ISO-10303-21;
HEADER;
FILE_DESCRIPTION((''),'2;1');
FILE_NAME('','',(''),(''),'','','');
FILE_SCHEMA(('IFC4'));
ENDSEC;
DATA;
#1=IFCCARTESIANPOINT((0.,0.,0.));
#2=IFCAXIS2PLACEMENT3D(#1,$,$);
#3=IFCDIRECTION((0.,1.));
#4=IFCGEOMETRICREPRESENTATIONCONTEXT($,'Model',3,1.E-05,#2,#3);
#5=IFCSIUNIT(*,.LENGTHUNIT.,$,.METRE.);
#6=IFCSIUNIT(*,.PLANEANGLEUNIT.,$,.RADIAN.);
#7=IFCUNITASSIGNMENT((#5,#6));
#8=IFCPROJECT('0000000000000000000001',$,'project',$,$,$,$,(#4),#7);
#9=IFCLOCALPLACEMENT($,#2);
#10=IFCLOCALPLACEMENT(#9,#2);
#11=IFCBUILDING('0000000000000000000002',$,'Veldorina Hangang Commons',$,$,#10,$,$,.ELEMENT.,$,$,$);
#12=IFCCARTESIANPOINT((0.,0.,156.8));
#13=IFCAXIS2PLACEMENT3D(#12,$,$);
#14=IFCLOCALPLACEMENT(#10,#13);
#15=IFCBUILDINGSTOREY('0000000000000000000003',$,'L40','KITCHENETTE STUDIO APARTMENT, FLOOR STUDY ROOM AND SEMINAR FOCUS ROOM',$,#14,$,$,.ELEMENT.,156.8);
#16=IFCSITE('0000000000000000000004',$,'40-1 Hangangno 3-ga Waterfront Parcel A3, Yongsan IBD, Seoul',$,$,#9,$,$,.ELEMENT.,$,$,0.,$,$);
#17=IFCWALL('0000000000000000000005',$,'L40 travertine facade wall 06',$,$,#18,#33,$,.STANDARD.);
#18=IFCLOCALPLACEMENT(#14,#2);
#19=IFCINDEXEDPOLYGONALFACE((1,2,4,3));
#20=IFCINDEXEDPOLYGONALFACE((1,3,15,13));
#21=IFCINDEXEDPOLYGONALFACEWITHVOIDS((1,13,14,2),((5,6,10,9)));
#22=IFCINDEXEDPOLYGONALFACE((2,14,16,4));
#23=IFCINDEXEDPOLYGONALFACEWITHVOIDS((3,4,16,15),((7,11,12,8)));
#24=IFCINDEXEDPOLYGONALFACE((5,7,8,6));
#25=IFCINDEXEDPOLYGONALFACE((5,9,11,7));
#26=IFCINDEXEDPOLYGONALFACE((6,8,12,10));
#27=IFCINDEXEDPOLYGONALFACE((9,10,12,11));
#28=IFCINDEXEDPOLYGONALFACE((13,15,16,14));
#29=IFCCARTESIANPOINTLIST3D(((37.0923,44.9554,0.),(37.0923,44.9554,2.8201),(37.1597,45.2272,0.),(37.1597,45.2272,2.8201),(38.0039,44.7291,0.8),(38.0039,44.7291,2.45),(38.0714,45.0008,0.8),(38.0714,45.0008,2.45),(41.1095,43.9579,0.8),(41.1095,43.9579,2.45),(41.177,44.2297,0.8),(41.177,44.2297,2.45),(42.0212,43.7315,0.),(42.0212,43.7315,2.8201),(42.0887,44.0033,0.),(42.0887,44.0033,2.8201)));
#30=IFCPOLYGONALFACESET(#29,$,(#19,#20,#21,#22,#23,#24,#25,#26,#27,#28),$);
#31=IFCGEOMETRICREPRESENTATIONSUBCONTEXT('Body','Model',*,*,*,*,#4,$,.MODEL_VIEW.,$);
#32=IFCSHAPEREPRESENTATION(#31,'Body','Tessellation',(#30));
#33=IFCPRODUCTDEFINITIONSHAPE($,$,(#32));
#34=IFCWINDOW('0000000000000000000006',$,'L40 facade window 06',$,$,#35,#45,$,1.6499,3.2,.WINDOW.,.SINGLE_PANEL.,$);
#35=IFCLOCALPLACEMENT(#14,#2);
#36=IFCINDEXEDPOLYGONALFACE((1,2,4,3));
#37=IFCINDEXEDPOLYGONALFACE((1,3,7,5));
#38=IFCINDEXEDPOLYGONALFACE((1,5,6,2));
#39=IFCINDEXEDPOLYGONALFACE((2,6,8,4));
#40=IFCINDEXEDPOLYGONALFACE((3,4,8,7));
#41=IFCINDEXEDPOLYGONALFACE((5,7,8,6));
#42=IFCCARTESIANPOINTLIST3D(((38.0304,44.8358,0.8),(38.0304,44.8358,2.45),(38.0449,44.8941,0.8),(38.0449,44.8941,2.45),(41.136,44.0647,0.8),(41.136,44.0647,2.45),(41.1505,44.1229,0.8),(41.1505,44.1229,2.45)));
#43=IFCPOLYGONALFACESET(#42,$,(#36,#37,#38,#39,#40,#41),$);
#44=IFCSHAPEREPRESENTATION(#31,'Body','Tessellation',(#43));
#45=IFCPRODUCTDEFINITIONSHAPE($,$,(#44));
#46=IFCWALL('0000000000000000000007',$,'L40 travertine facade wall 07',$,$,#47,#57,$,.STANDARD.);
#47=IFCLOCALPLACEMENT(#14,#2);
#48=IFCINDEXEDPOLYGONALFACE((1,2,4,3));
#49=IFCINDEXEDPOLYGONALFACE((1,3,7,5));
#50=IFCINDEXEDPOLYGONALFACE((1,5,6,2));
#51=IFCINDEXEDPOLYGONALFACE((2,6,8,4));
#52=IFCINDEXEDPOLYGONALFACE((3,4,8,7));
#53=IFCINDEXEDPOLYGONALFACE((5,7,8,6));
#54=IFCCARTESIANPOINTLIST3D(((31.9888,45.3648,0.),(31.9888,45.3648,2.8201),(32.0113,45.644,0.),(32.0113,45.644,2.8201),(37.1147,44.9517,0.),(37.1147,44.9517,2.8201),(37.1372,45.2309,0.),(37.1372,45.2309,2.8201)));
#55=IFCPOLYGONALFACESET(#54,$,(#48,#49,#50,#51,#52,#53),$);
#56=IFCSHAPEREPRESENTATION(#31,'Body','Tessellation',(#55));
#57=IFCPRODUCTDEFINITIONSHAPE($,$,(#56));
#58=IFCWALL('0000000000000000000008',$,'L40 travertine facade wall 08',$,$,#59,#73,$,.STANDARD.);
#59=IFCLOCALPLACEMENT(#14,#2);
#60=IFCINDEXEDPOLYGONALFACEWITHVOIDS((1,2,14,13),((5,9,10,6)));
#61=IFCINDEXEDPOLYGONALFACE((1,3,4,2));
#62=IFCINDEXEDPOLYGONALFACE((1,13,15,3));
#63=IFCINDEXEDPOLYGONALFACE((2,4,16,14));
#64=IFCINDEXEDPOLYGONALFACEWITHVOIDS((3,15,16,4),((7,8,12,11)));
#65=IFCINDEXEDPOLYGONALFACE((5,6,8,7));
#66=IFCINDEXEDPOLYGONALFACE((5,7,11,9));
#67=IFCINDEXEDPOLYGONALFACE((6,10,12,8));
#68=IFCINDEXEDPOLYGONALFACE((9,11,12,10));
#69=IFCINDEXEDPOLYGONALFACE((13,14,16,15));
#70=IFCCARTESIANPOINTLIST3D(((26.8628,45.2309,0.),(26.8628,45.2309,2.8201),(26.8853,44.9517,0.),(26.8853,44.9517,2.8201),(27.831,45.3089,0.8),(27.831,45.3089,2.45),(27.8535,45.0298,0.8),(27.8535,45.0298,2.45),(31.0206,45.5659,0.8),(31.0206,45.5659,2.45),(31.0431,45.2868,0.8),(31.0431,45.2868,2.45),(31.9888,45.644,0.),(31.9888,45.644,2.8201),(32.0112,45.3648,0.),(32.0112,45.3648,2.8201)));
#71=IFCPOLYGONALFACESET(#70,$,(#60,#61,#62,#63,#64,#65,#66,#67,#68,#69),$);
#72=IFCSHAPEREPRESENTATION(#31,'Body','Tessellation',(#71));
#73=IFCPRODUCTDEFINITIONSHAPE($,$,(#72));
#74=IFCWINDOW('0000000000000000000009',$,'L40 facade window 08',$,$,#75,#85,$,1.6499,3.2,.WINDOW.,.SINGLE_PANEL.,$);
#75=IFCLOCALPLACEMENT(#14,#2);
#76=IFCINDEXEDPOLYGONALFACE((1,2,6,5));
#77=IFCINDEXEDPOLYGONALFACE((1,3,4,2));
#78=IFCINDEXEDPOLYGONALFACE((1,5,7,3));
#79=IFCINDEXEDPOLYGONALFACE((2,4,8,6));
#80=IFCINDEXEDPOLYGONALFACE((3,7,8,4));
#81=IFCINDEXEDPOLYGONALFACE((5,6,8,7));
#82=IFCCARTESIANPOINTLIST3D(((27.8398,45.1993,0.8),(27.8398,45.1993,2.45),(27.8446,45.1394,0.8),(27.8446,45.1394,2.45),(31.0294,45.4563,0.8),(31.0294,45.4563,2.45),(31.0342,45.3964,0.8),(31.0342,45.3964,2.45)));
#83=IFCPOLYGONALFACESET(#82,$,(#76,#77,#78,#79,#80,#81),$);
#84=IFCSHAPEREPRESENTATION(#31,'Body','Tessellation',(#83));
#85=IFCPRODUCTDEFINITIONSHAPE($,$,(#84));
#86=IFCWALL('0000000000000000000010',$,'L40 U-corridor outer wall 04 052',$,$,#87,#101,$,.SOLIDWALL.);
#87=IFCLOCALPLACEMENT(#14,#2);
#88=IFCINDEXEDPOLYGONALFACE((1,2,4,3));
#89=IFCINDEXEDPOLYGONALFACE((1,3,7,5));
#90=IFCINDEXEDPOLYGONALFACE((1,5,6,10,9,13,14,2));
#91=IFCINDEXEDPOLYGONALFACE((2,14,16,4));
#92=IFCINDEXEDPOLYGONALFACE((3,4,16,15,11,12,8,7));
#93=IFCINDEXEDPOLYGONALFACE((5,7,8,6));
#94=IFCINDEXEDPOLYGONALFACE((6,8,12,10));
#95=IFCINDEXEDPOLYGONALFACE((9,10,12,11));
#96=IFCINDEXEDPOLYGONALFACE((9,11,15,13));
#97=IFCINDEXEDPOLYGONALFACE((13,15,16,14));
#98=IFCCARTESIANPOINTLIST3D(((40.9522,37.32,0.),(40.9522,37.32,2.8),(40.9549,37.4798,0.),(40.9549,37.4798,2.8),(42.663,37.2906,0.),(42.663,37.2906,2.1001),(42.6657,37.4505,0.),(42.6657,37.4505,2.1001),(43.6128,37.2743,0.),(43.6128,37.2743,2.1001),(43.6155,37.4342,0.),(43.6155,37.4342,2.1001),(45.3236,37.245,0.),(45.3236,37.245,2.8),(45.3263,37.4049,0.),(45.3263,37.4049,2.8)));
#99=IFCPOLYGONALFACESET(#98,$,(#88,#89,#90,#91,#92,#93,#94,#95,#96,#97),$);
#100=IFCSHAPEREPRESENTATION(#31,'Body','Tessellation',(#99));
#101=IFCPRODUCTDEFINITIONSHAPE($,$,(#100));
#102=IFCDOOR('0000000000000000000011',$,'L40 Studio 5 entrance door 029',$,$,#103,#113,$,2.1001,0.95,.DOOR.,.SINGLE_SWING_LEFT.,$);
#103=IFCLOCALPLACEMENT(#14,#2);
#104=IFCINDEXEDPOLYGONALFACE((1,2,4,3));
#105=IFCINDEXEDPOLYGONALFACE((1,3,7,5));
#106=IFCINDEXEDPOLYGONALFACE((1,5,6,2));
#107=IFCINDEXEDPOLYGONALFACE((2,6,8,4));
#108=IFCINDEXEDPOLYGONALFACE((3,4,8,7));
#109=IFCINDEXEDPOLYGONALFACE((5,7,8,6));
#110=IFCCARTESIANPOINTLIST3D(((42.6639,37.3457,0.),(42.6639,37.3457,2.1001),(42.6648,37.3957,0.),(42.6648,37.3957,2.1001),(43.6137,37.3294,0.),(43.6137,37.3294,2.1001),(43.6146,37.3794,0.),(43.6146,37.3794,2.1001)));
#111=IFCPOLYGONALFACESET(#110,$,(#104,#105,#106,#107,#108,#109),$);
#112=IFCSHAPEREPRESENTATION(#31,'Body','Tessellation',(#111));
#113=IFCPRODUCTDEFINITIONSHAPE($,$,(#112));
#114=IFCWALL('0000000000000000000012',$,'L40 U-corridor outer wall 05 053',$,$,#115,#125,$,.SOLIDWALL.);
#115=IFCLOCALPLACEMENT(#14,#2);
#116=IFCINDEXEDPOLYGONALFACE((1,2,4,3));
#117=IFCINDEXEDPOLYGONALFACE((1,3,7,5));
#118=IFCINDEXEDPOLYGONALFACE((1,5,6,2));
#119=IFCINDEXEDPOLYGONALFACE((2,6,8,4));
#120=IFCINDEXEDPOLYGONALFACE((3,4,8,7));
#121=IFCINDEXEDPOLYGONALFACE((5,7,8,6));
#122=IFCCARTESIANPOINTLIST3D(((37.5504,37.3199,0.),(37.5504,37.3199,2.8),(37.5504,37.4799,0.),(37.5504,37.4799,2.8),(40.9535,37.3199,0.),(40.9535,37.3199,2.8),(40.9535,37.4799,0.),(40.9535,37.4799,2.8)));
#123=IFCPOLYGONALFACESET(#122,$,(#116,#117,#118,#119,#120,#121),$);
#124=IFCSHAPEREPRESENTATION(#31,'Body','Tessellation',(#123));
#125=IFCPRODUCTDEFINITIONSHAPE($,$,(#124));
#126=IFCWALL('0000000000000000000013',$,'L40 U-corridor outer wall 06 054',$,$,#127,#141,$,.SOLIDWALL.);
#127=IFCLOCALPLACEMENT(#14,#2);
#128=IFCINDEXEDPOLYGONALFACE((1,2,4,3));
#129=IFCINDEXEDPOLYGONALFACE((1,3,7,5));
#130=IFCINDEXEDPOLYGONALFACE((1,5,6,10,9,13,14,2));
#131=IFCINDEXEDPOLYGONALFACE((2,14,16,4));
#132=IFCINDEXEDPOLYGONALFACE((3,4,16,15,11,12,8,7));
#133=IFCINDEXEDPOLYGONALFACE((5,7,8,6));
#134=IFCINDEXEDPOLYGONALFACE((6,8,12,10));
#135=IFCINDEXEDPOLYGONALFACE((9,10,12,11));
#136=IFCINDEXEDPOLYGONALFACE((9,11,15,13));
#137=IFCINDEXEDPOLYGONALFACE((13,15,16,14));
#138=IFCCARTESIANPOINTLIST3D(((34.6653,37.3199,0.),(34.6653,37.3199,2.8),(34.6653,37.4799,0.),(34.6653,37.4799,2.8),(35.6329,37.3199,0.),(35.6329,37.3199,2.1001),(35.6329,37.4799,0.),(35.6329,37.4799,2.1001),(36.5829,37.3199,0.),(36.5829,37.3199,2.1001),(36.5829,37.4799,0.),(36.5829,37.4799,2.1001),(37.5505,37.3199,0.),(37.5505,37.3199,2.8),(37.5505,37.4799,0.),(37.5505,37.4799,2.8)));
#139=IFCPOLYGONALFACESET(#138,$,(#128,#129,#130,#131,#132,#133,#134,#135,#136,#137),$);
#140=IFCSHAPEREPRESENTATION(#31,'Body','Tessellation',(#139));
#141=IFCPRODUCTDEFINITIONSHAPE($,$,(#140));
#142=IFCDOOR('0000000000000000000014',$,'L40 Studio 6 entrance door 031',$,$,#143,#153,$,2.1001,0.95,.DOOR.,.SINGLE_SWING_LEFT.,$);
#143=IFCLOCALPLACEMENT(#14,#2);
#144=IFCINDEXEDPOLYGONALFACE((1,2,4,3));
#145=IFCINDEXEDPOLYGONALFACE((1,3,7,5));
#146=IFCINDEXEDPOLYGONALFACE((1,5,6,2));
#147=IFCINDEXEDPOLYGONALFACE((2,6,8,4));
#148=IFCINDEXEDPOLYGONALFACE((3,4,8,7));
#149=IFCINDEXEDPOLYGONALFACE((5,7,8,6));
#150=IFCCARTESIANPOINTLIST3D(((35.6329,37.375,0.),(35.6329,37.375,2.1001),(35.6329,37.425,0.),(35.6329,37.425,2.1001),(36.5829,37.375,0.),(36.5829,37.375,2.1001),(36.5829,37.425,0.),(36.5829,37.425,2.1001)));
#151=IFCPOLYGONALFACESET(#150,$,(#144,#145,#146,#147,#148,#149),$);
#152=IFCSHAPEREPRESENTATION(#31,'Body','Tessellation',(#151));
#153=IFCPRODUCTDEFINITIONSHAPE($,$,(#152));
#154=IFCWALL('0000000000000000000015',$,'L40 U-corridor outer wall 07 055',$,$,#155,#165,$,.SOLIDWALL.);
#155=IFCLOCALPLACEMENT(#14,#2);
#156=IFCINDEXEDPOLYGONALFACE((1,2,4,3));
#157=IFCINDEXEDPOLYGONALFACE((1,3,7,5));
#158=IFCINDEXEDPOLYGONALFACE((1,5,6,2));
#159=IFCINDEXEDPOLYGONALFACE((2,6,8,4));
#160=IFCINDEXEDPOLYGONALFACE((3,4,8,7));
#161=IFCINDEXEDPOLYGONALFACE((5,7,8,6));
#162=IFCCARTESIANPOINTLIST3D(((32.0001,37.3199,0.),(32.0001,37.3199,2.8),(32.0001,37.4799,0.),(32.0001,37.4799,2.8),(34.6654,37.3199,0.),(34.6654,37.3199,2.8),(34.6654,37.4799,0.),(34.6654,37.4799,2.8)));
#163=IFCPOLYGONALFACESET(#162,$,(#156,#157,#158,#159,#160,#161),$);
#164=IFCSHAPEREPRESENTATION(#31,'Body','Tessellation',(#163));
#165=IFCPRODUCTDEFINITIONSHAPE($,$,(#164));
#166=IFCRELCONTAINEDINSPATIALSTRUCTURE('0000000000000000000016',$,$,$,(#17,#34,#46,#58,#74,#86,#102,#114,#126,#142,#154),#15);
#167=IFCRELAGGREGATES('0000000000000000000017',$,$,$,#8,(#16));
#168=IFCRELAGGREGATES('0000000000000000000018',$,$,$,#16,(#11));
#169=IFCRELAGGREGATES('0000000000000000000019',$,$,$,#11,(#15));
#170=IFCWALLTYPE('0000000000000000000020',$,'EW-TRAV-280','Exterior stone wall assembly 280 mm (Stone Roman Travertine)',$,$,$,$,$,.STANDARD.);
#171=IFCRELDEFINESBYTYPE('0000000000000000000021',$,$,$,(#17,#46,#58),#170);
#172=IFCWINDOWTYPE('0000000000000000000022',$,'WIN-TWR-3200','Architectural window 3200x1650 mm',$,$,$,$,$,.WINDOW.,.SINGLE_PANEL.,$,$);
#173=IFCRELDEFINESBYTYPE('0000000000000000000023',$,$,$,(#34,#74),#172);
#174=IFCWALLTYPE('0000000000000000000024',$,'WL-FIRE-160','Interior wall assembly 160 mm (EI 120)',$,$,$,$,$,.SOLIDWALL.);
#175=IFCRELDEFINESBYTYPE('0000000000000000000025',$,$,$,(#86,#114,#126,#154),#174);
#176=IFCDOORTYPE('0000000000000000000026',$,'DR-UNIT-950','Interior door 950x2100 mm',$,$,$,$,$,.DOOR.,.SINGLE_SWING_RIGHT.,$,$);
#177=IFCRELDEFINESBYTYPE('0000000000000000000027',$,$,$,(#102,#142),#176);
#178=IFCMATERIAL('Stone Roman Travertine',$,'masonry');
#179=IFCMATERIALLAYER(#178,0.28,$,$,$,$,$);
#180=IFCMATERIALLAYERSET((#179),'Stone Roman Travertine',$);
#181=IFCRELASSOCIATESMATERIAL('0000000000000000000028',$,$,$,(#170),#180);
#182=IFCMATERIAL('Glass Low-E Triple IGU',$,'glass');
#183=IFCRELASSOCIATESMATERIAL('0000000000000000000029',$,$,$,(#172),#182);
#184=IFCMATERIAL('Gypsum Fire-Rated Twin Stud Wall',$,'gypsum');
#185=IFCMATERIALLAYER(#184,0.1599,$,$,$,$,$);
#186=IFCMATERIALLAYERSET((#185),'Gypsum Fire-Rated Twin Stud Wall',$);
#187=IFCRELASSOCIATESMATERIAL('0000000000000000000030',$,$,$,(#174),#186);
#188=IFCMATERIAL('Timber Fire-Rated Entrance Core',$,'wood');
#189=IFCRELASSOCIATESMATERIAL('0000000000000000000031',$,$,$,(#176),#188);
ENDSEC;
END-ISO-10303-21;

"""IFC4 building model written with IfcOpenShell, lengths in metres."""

from ifc_helpers import new_model, si_unit, direction, frame, frame_2d, origin, place, context, subcontext, project, spatial, rectangle, extrude, material, layer, layer_set, type_object, element, fill, save


model = new_model("IFC4")

# Units and contexts
model_context = context("Model", 3, precision=1e-05, world=origin(), true_north=direction((0.0, 1.0)))
body_context = subcontext(model_context, "Body", "Model", "MODEL_VIEW")
ifc_project = project(units=[si_unit("LENGTHUNIT", "METRE"), si_unit("PLANEANGLEUNIT", "RADIAN")], contexts=[model_context])

# Site, building, storey
site_placement = place(None, origin())
site = spatial("IfcSite", under=ifc_project, at=site_placement, Name="40-1 Hangangno 3-ga Waterfront Parcel A3, Yongsan IBD, Seoul", CompositionType="ELEMENT", RefElevation=0.0)
building_placement = place(site_placement, origin())
building = spatial("IfcBuilding", under=site, at=building_placement, Name="Veldorina Hangang Commons", CompositionType="ELEMENT")
storey_placement = place(building_placement, frame((0.0, 0.0, 156.8)))
storey = spatial("IfcBuildingStorey", under=building, at=storey_placement, Name="L40", Description="KITCHENETTE STUDIO APARTMENT, FLOOR STUDY ROOM AND SEMINAR FOCUS ROOM", CompositionType="ELEMENT", Elevation=156.8)

# Wall, opening, window
ifc_material_1 = material(Name="Stone Roman Travertine", Category="masonry")
ifc_layer_1 = layer(ifc_material_1, 0.28)
ifc_layer_set_1 = layer_set([ifc_layer_1], Name="Stone Roman Travertine")
wall_type_1 = type_object("IfcWallType", Name="EW-TRAV-280", Description="Exterior stone wall assembly 280 mm (Stone Roman Travertine)", PredefinedType="STANDARD", material=ifc_layer_set_1)
wall_1_placement = place(storey_placement, frame((42.0549, 43.8674, 0.0), z_axis=(0.0, 0.0, 1.0), x_axis=(-0.970529, 0.240986, 0.0)))
wall_1 = element("IfcWall", 1, at=wall_1_placement, inside=storey, type_object=wall_type_1, Name="L40 travertine facade wall 06", PredefinedType="STANDARD", context=body_context, shape_type="SweptSolid", body=[
    extrude(rectangle(XDim=5.0786, YDim=0.28, at=frame_2d((2.5393, 0.0))), origin(), (0.0, 0.0, 1.0), 2.8201),
])
opening_1_placement = place(wall_1_placement, frame((0.9392, 0.0, 0.8)))
opening_1 = element("IfcOpeningElement", 2, at=opening_1_placement, cuts=wall_1, PredefinedType="OPENING", context=body_context, shape_type="SweptSolid", body=[
    extrude(rectangle(XDim=3.2, YDim=1.6499, at=frame_2d((1.6001, 0.825))), frame((0.0, 0.1499, 0.0), z_axis=(0.0, -1.0, 0.0), x_axis=(1.0, 0.0, 0.0)), (0.0, 0.0, 1.0), 0.3),
])
ifc_material_2 = material(Name="Glass Low-E Triple IGU", Category="glass")
window_type = type_object("IfcWindowType", Name="WIN-TWR-3200", Description="Architectural window 3200x1650 mm", PartitioningType="SINGLE_PANEL", PredefinedType="WINDOW", material=ifc_material_2)
window_1_placement = place(opening_1_placement, origin())
window_1 = element("IfcWindow", 3, at=window_1_placement, inside=storey, type_object=window_type, Name="L40 facade window 06", OverallHeight=1.6499, OverallWidth=3.2, PartitioningType="SINGLE_PANEL", PredefinedType="WINDOW", context=body_context, shape_type="SweptSolid", body=[
    extrude(rectangle(XDim=3.2, YDim=1.6499, at=frame_2d((1.6001, 0.825))), frame((0.0, 0.03, 0.0), z_axis=(0.0, -1.0, 0.0), x_axis=(1.0, 0.0, 0.0)), (0.0, 0.0, 1.0), 0.0601),
])
fill(opening_1, window_1)

# Wall
wall_2_placement = place(storey_placement, frame((37.126, 45.0913, 0.0), z_axis=(0.0, 0.0, 1.0), x_axis=(-0.996769, 0.080326, 0.0)))
element("IfcWall", 4, at=wall_2_placement, inside=storey, type_object=wall_type_1, Name="L40 travertine facade wall 07", PredefinedType="STANDARD", context=body_context, shape_type="SweptSolid", body=[
    extrude(rectangle(XDim=5.1426, YDim=0.28, at=frame_2d((2.5713, 0.0))), origin(), (0.0, 0.0, 1.0), 2.8201),
])

# Wall, opening, window
wall_3_placement = place(storey_placement, frame((32.0, 45.5044, 0.0), z_axis=(0.0, 0.0, 1.0), x_axis=(-0.996769, -0.080326, 0.0)))
wall_3 = element("IfcWall", 5, at=wall_3_placement, inside=storey, type_object=wall_type_1, Name="L40 travertine facade wall 08", PredefinedType="STANDARD", context=body_context, shape_type="SweptSolid", body=[
    extrude(rectangle(XDim=5.1426, YDim=0.28, at=frame_2d((2.5713, 0.0))), origin(), (0.0, 0.0, 1.0), 2.8201),
])
opening_2_placement = place(wall_3_placement, frame((0.9712, 0.0, 0.8)))
opening_2 = element("IfcOpeningElement", 6, at=opening_2_placement, cuts=wall_3, PredefinedType="OPENING", context=body_context, shape_type="SweptSolid", body=[
    extrude(rectangle(XDim=3.2, YDim=1.6499, at=frame_2d((1.6001, 0.825))), frame((0.0, 0.1499, 0.0), z_axis=(0.0, -1.0, 0.0), x_axis=(1.0, 0.0, 0.0)), (0.0, 0.0, 1.0), 0.3),
])
window_2_placement = place(opening_2_placement, origin())
window_2 = element("IfcWindow", 7, at=window_2_placement, inside=storey, type_object=window_type, Name="L40 facade window 08", OverallHeight=1.6499, OverallWidth=3.2, PartitioningType="SINGLE_PANEL", PredefinedType="WINDOW", context=body_context, shape_type="SweptSolid", body=[
    extrude(rectangle(XDim=3.2, YDim=1.6499, at=frame_2d((1.6001, 0.825))), frame((0.0, 0.03, 0.0), z_axis=(0.0, -1.0, 0.0), x_axis=(1.0, 0.0, 0.0)), (0.0, 0.0, 1.0), 0.0601),
])
fill(opening_2, window_2)

# Wall, opening, door
ifc_material_3 = material(Name="Gypsum Fire-Rated Twin Stud Wall", Category="gypsum")
ifc_layer_2 = layer(ifc_material_3, 0.1599)
ifc_layer_set_2 = layer_set([ifc_layer_2], Name="Gypsum Fire-Rated Twin Stud Wall")
wall_type_2 = type_object("IfcWallType", Name="WL-FIRE-160", Description="Interior wall assembly 160 mm (EI 120)", PredefinedType="SOLIDWALL", material=ifc_layer_set_2)
wall_4_placement = place(storey_placement, frame((45.325, 37.325, 0.0), z_axis=(0.0, 0.0, 1.0), x_axis=(-0.999853, 0.017144, 0.0)))
wall_4 = element("IfcWall", 8, at=wall_4_placement, inside=storey, type_object=wall_type_2, Name="L40 U-corridor outer wall 04 052", PredefinedType="SOLIDWALL", context=body_context, shape_type="SweptSolid", body=[
    extrude(rectangle(XDim=4.3721, YDim=0.1599, at=frame_2d((2.186, 0.0))), origin(), (0.0, 0.0, 1.0), 2.8),
])
opening_3_placement = place(wall_4_placement, frame((1.7109, 0.0, 0.0)))
opening_3 = element("IfcOpeningElement", 9, at=opening_3_placement, cuts=wall_4, PredefinedType="OPENING", context=body_context, shape_type="SweptSolid", body=[
    extrude(rectangle(XDim=0.95, YDim=2.1001, at=frame_2d((0.4751, 1.05))), frame((0.0, 0.0898, 0.0), z_axis=(0.0, -1.0, 0.0), x_axis=(1.0, 0.0, 0.0)), (0.0, 0.0, 1.0), 0.1799),
])
ifc_material_4 = material(Name="Timber Fire-Rated Entrance Core", Category="wood")
door_type_1 = type_object("IfcDoorType", Name="DR-UNIT-950", Description="Interior door 950x2100 mm", OperationType="SINGLE_SWING_RIGHT", PredefinedType="DOOR", material=ifc_material_4)
door_1_placement = place(opening_3_placement, origin())
door_1 = element("IfcDoor", 10, at=door_1_placement, inside=storey, type_object=door_type_1, Name="L40 Studio 5 entrance door 029", OperationType="SINGLE_SWING_LEFT", OverallHeight=2.1001, OverallWidth=0.95, PredefinedType="DOOR", context=body_context, shape_type="SweptSolid", body=[
    extrude(rectangle(XDim=0.95, YDim=2.1001, at=frame_2d((0.4751, 1.05))), frame((0.0, 0.0249, 0.0), z_axis=(0.0, -1.0, 0.0), x_axis=(1.0, 0.0, 0.0)), (0.0, 0.0, 1.0), 0.05),
])
fill(opening_3, door_1)

# Wall
wall_5_placement = place(storey_placement, frame((40.9536, 37.3999, 0.0), z_axis=(0.0, 0.0, 1.0), x_axis=(-1.0, 0.0, 0.0)))
element("IfcWall", 11, at=wall_5_placement, inside=storey, type_object=wall_type_2, Name="L40 U-corridor outer wall 05 053", PredefinedType="SOLIDWALL", context=body_context, shape_type="SweptSolid", body=[
    extrude(rectangle(XDim=3.4031, YDim=0.1599, at=frame_2d((1.7017, 0.0))), origin(), (0.0, 0.0, 1.0), 2.8),
])

# Wall, opening, door
wall_6_placement = place(storey_placement, frame((37.5505, 37.3999, 0.0), z_axis=(0.0, 0.0, 1.0), x_axis=(-1.0, 0.0, 0.0)))
wall_6 = element("IfcWall", 12, at=wall_6_placement, inside=storey, type_object=wall_type_2, Name="L40 U-corridor outer wall 06 054", PredefinedType="SOLIDWALL", context=body_context, shape_type="SweptSolid", body=[
    extrude(rectangle(XDim=2.8853, YDim=0.1599, at=frame_2d((1.4426, 0.0))), origin(), (0.0, 0.0, 1.0), 2.8),
])
opening_4_placement = place(wall_6_placement, frame((0.9675, 0.0, 0.0)))
opening_4 = element("IfcOpeningElement", 13, at=opening_4_placement, cuts=wall_6, PredefinedType="OPENING", context=body_context, shape_type="SweptSolid", body=[
    extrude(rectangle(XDim=0.95, YDim=2.1001, at=frame_2d((0.4751, 1.05))), frame((0.0, 0.0898, 0.0), z_axis=(0.0, -1.0, 0.0), x_axis=(1.0, 0.0, 0.0)), (0.0, 0.0, 1.0), 0.1799),
])
door_2_placement = place(opening_4_placement, origin())
door_2 = element("IfcDoor", 14, at=door_2_placement, inside=storey, type_object=door_type_1, Name="L40 Studio 6 entrance door 031", OperationType="SINGLE_SWING_LEFT", OverallHeight=2.1001, OverallWidth=0.95, PredefinedType="DOOR", context=body_context, shape_type="SweptSolid", body=[
    extrude(rectangle(XDim=0.95, YDim=2.1001, at=frame_2d((0.4751, 1.05))), frame((0.0, 0.0249, 0.0), z_axis=(0.0, -1.0, 0.0), x_axis=(1.0, 0.0, 0.0)), (0.0, 0.0, 1.0), 0.05),
])
fill(opening_4, door_2)

# Wall
wall_7_placement = place(storey_placement, frame((34.6653, 37.3999, 0.0), z_axis=(0.0, 0.0, 1.0), x_axis=(-1.0, 0.0, 0.0)))
element("IfcWall", 15, at=wall_7_placement, inside=storey, type_object=wall_type_2, Name="L40 U-corridor outer wall 07 055", PredefinedType="SOLIDWALL", context=body_context, shape_type="SweptSolid", body=[
    extrude(rectangle(XDim=2.6653, YDim=0.1599, at=frame_2d((1.3325, 0.0))), origin(), (0.0, 0.0, 1.0), 2.8),
])

save(model, "model.ifc")
